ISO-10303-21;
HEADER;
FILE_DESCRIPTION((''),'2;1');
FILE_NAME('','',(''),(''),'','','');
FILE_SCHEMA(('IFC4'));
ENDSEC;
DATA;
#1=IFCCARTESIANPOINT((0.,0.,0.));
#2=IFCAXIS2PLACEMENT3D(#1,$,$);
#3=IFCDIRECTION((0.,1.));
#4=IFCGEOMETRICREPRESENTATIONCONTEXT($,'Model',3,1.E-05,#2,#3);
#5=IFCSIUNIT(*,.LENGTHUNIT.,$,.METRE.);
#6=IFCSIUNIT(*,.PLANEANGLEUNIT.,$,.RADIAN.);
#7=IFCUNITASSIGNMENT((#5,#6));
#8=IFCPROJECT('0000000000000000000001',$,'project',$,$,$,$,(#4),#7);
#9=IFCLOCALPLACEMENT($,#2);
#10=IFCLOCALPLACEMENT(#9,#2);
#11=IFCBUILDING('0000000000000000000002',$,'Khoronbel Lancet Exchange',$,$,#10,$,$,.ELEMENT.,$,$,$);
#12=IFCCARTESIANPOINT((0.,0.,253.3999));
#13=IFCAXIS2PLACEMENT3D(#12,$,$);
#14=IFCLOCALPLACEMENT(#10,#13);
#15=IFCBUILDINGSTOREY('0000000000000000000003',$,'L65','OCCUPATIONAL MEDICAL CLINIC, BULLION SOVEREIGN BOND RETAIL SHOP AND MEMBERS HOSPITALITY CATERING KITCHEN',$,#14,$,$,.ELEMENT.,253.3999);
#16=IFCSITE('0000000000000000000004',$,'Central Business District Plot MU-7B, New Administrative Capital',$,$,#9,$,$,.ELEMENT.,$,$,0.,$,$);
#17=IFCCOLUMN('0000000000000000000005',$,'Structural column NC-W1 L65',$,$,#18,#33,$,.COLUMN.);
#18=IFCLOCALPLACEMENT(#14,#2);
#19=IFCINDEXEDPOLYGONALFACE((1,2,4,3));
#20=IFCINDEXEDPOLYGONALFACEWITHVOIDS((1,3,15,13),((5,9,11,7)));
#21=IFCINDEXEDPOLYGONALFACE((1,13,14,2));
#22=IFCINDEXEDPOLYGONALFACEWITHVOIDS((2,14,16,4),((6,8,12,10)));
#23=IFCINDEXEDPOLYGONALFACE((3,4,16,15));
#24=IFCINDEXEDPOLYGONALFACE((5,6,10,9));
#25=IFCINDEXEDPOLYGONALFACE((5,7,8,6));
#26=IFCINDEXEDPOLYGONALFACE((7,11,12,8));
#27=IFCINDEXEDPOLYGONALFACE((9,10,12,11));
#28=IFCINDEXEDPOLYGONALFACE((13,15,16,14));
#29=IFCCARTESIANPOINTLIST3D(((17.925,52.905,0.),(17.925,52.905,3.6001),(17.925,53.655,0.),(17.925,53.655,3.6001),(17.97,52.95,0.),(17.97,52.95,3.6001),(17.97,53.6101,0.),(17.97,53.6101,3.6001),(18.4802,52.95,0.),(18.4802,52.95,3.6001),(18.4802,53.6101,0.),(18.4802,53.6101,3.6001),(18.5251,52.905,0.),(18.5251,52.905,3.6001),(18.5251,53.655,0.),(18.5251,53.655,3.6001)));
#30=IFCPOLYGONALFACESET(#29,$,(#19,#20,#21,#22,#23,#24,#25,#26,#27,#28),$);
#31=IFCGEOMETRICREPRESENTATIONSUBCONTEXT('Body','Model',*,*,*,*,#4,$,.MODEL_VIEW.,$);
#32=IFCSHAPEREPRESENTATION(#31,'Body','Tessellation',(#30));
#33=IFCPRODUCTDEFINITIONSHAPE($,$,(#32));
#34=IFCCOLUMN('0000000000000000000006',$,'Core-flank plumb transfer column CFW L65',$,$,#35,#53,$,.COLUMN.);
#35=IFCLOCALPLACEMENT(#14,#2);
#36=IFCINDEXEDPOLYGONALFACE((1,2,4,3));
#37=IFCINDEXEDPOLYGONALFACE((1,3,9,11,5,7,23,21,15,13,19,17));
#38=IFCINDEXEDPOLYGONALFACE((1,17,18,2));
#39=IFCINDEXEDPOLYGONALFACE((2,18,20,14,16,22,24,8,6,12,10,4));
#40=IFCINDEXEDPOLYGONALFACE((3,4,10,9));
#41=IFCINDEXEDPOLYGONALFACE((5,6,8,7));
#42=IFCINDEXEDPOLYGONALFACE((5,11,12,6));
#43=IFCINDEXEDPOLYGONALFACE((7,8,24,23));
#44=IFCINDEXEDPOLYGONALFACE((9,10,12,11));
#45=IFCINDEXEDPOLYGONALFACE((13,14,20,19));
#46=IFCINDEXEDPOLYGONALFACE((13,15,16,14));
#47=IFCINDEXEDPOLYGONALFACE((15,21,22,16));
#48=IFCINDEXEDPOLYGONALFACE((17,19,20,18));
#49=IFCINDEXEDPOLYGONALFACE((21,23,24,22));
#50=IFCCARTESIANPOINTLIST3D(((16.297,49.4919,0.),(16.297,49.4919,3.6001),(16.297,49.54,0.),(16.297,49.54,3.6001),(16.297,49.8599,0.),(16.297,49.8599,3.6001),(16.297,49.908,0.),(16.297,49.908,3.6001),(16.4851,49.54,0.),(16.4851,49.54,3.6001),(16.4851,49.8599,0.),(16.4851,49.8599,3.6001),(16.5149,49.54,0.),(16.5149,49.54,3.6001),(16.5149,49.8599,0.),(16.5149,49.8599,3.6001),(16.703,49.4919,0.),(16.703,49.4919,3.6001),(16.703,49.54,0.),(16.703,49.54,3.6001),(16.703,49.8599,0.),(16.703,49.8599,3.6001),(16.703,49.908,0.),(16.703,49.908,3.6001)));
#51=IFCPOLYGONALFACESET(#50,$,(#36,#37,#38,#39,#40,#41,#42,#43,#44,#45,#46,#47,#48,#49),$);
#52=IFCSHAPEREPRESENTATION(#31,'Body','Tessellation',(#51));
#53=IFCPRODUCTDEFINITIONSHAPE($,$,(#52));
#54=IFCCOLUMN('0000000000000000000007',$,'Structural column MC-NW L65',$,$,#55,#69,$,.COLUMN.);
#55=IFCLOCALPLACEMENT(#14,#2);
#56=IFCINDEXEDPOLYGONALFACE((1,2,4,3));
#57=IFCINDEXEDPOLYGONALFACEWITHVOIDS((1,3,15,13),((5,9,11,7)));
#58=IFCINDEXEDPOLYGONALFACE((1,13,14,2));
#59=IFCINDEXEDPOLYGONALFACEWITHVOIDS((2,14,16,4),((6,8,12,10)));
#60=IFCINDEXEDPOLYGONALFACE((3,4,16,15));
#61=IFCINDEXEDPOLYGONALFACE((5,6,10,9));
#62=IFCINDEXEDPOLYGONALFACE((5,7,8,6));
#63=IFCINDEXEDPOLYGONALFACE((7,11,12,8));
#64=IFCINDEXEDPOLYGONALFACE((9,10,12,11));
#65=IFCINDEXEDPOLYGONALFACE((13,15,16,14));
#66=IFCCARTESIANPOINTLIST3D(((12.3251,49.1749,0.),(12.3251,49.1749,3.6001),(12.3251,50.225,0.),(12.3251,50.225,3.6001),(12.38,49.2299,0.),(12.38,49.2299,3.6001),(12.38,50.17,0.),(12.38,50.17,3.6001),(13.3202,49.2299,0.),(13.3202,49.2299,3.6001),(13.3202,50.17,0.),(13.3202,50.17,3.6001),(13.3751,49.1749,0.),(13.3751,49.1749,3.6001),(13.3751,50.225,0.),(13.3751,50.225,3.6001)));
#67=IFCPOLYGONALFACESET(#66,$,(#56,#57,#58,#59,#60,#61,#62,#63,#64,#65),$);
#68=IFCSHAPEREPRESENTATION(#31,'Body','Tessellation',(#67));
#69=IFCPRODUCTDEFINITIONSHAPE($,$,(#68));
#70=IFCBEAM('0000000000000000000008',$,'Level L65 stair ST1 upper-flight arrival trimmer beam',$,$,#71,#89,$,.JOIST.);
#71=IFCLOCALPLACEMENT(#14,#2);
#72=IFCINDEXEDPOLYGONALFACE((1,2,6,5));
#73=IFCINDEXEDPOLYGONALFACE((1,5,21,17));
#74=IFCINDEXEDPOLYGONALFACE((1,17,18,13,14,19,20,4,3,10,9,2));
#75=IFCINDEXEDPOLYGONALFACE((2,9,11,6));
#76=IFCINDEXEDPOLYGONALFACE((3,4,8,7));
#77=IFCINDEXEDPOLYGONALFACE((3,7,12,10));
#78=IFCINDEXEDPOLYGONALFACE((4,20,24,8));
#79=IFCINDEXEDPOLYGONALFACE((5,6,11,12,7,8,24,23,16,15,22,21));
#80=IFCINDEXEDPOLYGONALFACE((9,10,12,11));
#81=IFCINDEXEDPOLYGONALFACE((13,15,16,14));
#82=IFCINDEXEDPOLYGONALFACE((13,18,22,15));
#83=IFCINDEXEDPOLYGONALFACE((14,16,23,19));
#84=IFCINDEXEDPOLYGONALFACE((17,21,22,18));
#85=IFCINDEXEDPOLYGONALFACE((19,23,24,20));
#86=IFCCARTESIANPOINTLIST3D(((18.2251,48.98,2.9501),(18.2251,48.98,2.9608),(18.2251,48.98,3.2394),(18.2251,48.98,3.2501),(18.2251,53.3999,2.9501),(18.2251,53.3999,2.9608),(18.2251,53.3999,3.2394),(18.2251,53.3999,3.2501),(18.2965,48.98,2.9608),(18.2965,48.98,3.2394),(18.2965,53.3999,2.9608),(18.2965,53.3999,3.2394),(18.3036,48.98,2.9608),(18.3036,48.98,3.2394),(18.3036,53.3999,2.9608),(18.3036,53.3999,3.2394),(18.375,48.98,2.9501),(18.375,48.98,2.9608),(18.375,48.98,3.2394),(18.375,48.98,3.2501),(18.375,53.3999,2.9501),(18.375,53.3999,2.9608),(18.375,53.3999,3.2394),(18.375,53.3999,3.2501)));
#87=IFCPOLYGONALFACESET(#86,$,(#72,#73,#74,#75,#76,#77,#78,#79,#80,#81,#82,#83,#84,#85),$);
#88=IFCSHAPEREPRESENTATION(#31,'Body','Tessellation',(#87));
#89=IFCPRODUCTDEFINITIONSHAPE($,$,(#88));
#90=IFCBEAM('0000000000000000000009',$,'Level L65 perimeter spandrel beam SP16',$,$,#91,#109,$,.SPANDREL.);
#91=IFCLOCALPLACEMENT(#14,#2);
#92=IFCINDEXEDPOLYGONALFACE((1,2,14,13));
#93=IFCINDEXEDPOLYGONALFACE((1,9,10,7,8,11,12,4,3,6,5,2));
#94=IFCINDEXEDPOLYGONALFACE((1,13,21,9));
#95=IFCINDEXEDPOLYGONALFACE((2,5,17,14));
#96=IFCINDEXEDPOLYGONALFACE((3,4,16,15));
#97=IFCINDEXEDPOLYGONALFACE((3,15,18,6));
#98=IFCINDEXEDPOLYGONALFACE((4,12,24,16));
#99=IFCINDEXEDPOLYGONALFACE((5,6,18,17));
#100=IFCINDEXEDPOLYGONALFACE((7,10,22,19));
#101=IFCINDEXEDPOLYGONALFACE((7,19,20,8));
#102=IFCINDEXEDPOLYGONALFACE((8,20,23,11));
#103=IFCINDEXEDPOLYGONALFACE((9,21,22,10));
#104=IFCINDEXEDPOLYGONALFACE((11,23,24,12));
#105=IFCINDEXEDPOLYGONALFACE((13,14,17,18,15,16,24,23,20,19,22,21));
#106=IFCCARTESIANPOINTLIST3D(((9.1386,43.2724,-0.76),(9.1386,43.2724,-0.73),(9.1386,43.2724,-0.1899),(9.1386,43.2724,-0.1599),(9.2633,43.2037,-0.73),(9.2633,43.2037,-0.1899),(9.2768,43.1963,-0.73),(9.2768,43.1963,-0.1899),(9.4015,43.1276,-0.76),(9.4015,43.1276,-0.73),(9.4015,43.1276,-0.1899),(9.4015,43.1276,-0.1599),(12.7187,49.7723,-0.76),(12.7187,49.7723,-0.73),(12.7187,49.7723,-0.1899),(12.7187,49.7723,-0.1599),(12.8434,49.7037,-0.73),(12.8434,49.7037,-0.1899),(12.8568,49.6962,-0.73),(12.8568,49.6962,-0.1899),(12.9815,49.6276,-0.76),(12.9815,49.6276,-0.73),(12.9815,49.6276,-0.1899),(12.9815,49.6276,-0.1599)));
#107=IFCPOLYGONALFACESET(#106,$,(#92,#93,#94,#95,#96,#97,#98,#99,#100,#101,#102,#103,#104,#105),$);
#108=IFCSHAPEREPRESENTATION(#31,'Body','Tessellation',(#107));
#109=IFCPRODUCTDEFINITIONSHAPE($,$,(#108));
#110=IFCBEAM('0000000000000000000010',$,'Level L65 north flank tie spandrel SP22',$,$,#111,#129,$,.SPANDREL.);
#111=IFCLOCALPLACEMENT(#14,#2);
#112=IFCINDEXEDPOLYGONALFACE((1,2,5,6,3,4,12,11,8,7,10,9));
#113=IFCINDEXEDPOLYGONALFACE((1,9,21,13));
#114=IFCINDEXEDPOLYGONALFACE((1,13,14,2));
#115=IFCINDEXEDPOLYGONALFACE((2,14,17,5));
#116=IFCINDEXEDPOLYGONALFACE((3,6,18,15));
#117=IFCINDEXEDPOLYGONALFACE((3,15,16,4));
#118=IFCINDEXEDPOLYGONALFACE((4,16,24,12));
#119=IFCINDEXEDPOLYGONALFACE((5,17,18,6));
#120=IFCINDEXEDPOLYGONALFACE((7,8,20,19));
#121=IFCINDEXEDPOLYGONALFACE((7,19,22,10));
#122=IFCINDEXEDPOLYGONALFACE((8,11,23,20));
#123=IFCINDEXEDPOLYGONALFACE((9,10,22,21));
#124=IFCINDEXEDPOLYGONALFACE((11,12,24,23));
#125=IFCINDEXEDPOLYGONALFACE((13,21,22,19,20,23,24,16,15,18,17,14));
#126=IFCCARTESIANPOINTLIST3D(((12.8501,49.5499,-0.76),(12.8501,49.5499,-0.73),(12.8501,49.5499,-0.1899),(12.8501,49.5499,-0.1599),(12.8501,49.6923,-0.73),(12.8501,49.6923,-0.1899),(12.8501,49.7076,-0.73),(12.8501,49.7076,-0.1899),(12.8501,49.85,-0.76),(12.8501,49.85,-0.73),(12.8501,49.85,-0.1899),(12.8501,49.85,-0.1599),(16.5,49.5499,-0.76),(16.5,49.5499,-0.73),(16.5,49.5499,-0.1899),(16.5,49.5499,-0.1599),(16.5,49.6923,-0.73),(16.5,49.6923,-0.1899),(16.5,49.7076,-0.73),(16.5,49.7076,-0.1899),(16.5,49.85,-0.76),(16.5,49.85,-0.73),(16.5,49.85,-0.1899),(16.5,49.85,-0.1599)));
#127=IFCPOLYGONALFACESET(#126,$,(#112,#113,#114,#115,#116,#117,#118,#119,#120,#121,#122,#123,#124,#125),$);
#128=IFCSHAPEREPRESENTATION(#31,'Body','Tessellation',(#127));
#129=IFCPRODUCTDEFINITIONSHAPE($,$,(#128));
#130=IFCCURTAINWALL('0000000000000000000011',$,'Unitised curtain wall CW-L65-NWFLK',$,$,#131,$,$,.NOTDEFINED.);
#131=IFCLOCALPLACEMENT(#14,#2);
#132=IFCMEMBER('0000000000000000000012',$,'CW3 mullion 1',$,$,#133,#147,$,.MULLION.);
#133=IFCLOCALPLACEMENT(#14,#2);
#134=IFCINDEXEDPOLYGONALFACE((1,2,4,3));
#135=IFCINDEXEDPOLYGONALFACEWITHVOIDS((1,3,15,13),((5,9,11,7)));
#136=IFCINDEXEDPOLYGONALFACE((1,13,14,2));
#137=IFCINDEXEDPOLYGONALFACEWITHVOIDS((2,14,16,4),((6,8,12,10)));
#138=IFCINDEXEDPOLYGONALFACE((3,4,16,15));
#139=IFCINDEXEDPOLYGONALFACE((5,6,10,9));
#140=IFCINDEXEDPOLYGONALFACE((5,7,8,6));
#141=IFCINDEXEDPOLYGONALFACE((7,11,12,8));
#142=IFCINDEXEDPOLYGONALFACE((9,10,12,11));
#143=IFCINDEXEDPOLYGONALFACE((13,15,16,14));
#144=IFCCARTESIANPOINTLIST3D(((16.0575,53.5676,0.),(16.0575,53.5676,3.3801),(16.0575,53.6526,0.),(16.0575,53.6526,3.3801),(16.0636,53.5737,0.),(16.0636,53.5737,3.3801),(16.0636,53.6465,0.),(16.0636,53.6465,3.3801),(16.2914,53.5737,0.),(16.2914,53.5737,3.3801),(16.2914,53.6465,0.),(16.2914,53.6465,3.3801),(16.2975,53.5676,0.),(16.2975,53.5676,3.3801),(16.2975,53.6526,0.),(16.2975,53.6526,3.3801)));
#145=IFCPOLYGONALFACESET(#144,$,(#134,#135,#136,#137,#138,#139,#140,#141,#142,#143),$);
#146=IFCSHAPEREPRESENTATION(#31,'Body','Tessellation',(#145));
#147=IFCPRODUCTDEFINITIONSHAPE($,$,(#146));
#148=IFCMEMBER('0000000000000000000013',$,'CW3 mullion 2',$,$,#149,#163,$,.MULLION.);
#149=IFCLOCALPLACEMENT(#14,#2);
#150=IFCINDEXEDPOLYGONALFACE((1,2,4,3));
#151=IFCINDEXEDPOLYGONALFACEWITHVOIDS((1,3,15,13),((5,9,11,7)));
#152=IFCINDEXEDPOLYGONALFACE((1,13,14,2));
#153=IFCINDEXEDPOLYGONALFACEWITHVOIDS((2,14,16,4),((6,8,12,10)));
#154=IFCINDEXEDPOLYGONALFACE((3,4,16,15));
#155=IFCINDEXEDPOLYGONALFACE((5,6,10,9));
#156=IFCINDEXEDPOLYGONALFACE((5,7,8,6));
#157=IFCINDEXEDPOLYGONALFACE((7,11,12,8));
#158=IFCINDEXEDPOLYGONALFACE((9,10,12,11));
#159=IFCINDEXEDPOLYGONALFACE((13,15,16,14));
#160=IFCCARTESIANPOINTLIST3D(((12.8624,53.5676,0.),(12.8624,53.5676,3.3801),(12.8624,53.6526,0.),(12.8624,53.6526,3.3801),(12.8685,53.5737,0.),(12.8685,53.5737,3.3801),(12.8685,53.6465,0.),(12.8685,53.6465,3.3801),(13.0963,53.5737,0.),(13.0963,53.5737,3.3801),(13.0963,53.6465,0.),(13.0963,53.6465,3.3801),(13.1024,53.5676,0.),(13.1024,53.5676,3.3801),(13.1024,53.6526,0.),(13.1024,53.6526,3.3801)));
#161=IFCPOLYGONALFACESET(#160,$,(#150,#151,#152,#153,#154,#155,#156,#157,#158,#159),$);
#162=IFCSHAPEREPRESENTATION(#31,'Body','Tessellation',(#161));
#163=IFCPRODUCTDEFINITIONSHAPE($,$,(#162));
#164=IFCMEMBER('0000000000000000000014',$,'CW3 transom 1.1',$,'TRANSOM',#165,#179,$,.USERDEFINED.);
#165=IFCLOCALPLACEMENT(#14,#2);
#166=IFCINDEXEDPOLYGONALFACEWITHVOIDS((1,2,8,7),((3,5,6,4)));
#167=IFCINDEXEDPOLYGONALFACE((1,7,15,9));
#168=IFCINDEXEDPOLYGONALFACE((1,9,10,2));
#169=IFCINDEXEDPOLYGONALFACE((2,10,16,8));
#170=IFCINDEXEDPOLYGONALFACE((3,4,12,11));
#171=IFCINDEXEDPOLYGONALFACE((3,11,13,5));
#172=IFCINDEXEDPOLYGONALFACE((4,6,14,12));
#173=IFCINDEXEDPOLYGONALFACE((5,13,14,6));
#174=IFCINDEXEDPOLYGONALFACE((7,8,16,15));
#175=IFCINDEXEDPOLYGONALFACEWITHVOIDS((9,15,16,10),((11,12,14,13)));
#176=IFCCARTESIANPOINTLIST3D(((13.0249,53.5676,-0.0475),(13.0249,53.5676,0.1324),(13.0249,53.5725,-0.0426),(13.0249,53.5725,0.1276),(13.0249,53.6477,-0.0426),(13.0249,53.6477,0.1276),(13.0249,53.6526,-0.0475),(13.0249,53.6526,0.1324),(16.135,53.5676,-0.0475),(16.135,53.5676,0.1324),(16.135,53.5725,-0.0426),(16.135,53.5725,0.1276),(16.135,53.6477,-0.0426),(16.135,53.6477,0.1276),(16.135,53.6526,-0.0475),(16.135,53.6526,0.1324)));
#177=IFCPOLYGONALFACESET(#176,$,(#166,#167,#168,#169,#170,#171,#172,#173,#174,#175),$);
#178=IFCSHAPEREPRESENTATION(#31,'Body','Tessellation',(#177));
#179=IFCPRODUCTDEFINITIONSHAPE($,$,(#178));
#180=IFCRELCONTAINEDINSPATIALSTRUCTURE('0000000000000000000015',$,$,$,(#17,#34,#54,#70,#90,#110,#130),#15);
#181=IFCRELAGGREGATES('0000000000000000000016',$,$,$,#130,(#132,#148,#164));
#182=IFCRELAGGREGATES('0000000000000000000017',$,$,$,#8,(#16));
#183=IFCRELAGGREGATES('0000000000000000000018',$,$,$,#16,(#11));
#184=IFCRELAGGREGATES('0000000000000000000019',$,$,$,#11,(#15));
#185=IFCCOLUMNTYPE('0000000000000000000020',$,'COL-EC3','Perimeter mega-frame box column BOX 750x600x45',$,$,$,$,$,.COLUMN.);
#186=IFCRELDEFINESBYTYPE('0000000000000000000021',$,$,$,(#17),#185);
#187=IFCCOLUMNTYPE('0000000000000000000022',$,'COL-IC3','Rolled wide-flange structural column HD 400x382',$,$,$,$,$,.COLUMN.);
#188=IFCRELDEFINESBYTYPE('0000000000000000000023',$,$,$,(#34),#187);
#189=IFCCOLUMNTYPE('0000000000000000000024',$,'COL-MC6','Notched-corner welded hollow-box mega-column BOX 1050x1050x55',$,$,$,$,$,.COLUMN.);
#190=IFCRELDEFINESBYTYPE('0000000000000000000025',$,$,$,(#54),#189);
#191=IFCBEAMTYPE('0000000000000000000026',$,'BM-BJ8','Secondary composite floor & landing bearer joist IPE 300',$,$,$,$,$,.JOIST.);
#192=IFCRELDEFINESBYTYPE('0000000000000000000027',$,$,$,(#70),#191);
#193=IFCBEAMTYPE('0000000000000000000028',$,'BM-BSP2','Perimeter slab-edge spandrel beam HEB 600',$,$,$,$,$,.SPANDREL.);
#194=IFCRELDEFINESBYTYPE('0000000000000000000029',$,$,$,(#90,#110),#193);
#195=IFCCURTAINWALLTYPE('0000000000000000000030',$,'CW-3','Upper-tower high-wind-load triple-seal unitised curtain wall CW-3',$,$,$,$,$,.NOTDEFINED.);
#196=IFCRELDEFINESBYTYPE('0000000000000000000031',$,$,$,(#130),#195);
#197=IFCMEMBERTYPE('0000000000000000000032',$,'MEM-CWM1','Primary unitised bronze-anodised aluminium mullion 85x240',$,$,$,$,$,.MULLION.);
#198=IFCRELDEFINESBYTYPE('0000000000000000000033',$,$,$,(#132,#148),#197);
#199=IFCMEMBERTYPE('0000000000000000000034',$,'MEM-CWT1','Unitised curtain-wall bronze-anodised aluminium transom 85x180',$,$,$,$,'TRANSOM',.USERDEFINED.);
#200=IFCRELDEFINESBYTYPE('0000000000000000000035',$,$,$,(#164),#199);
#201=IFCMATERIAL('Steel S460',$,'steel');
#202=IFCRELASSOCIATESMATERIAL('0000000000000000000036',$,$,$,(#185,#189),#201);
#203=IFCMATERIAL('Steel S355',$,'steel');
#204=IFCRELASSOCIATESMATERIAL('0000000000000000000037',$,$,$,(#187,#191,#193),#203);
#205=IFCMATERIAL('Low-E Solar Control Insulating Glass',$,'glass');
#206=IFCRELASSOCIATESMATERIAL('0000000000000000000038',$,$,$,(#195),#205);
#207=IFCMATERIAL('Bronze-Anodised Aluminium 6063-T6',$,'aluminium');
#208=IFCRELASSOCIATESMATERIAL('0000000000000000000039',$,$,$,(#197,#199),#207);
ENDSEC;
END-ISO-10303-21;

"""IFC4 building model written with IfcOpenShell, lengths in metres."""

from ifc_helpers import new_model, si_unit, direction, frame, origin, origin_2d, place, context, subcontext, project, spatial, hollow_rectangle, i_section, extrude, material, material_profile, profile_set, type_object, element, aggregate, save


model = new_model("IFC4")

# Units and contexts
model_context = context("Model", 3, precision=1e-05, world=origin(), true_north=direction((0.0, 1.0)))
body_context = subcontext(model_context, "Body", "Model", "MODEL_VIEW")
ifc_project = project(units=[si_unit("LENGTHUNIT", "METRE"), si_unit("PLANEANGLEUNIT", "RADIAN")], contexts=[model_context])

# Site, building, storey
site_placement = place(None, origin())
site = spatial("IfcSite", under=ifc_project, at=site_placement, Name="Central Business District Plot MU-7B, New Administrative Capital", CompositionType="ELEMENT", RefElevation=0.0)
building_placement = place(site_placement, origin())
building = spatial("IfcBuilding", under=site, at=building_placement, Name="Khoronbel Lancet Exchange", CompositionType="ELEMENT")
storey_placement = place(building_placement, frame((0.0, 0.0, 253.3999)))
storey = spatial("IfcBuildingStorey", under=building, at=storey_placement, Name="L65", Description="OCCUPATIONAL MEDICAL CLINIC, BULLION SOVEREIGN BOND RETAIL SHOP AND MEMBERS HOSPITALITY CATERING KITCHEN", CompositionType="ELEMENT", Elevation=253.3999)

# Columns
ifc_material_1 = material(Name="Steel S460", Category="steel")
ifc_material_profile_1 = material_profile(ifc_material_1, hollow_rectangle(XDim=0.6001, YDim=0.75, WallThickness=0.0449, at=origin_2d()), Name="BOX 750x600x45")
ifc_profile_set_1 = profile_set([ifc_material_profile_1], Name="Steel S460")
column_type_1 = type_object("IfcColumnType", Name="COL-EC3", Description="Perimeter mega-frame box column BOX 750x600x45", PredefinedType="COLUMN", material=ifc_profile_set_1)
column_1_placement = place(storey_placement, frame((18.2251, 53.28, 0.0), z_axis=(0.0, 0.0, 1.0), x_axis=(1.0, 0.0, 0.0)))
element("IfcColumn", 1, at=column_1_placement, inside=storey, type_object=column_type_1, Name="Structural column NC-W1 L65", PredefinedType="COLUMN", context=body_context, shape_type="SweptSolid", body=[
    extrude(hollow_rectangle(XDim=0.6001, YDim=0.75, WallThickness=0.0449, at=origin_2d()), origin(), (0.0, 0.0, 1.0), 3.6001),
])
ifc_material_2 = material(Name="Steel S355", Category="steel")
ifc_material_profile_2 = material_profile(ifc_material_2, i_section(OverallWidth=0.406, OverallDepth=0.416, WebThickness=0.0298, FlangeThickness=0.0481, at=origin_2d()), Name="HD 400x382")
ifc_profile_set_2 = profile_set([ifc_material_profile_2], Name="Steel S355")
column_type_2 = type_object("IfcColumnType", Name="COL-IC3", Description="Rolled wide-flange structural column HD 400x382", PredefinedType="COLUMN", material=ifc_profile_set_2)
column_2_placement = place(storey_placement, frame((16.5, 49.7, 0.0), z_axis=(0.0, 0.0, 1.0), x_axis=(1.0, 0.0, 0.0)))
element("IfcColumn", 2, at=column_2_placement, inside=storey, type_object=column_type_2, Name="Core-flank plumb transfer column CFW L65", PredefinedType="COLUMN", context=body_context, shape_type="SweptSolid", body=[
    extrude(i_section(OverallWidth=0.406, OverallDepth=0.416, WebThickness=0.0298, FlangeThickness=0.0481, at=origin_2d()), origin(), (0.0, 0.0, 1.0), 3.6001),
])
ifc_material_profile_3 = material_profile(ifc_material_1, hollow_rectangle(XDim=1.05, YDim=1.05, WallThickness=0.0549, at=origin_2d()), Name="BOX 1050x1050x55")
ifc_profile_set_3 = profile_set([ifc_material_profile_3], Name="Steel S460")
column_type_3 = type_object("IfcColumnType", Name="COL-MC6", Description="Notched-corner welded hollow-box mega-column BOX 1050x1050x55", PredefinedType="COLUMN", material=ifc_profile_set_3)
column_3_placement = place(storey_placement, frame((12.8501, 49.7, 0.0), z_axis=(0.0, 0.0, 1.0), x_axis=(1.0, 0.0, 0.0)))
element("IfcColumn", 3, at=column_3_placement, inside=storey, type_object=column_type_3, Name="Structural column MC-NW L65", PredefinedType="COLUMN", context=body_context, shape_type="SweptSolid", body=[
    extrude(hollow_rectangle(XDim=1.05, YDim=1.05, WallThickness=0.0549, at=origin_2d()), origin(), (0.0, 0.0, 1.0), 3.6001),
])

# Beams
ifc_material_profile_4 = material_profile(ifc_material_2, i_section(OverallWidth=0.1499, OverallDepth=0.3, WebThickness=0.0071, FlangeThickness=0.0107, at=origin_2d()), Name="IPE 300")
ifc_profile_set_4 = profile_set([ifc_material_profile_4], Name="Steel S355")
beam_type_1 = type_object("IfcBeamType", Name="BM-BJ8", Description="Secondary composite floor & landing bearer joist IPE 300", PredefinedType="JOIST", material=ifc_profile_set_4)
beam_1_placement = place(storey_placement, frame((18.3, 48.98, 3.1001), z_axis=(0.0, 1.0, 0.0), x_axis=(-1.0, 0.0, 0.0)))
element("IfcBeam", 4, at=beam_1_placement, inside=storey, type_object=beam_type_1, Name="Level L65 stair ST1 upper-flight arrival trimmer beam", PredefinedType="JOIST", context=body_context, shape_type="SweptSolid", body=[
    extrude(i_section(OverallWidth=0.1499, OverallDepth=0.3, WebThickness=0.0071, FlangeThickness=0.0107, at=origin_2d()), origin(), (0.0, 0.0, 1.0), 4.4199),
])
ifc_material_profile_5 = material_profile(ifc_material_2, i_section(OverallWidth=0.3, OverallDepth=0.6001, WebThickness=0.0154, FlangeThickness=0.03, at=origin_2d()), Name="HEB 600")
ifc_profile_set_5 = profile_set([ifc_material_profile_5], Name="Steel S355")
beam_type_2 = type_object("IfcBeamType", Name="BM-BSP2", Description="Perimeter slab-edge spandrel beam HEB 600", PredefinedType="SPANDREL", material=ifc_profile_set_5)
beam_2_placement = place(storey_placement, frame((12.8501, 49.7, -0.46), z_axis=(-0.482444, -0.875927, 0.0), x_axis=(0.875927, -0.482444, 0.0)))
element("IfcBeam", 5, at=beam_2_placement, inside=storey, type_object=beam_type_2, Name="Level L65 perimeter spandrel beam SP16", PredefinedType="SPANDREL", context=body_context, shape_type="SweptSolid", body=[
    extrude(i_section(OverallWidth=0.3, OverallDepth=0.6001, WebThickness=0.0154, FlangeThickness=0.03, at=origin_2d()), origin(), (0.0, 0.0, 1.0), 7.4207),
])
beam_3_placement = place(storey_placement, frame((12.8501, 49.7, -0.46), z_axis=(1.0, 0.0, 0.0), x_axis=(0.0, 1.0, 0.0)))
element("IfcBeam", 6, at=beam_3_placement, inside=storey, type_object=beam_type_2, Name="Level L65 north flank tie spandrel SP22", PredefinedType="SPANDREL", context=body_context, shape_type="SweptSolid", body=[
    extrude(i_section(OverallWidth=0.3, OverallDepth=0.6001, WebThickness=0.0154, FlangeThickness=0.03, at=origin_2d()), origin(), (0.0, 0.0, 1.0), 3.6499),
])

# Curtain wall, members
ifc_material_3 = material(Name="Low-E Solar Control Insulating Glass", Category="glass")
curtain_wall_type = type_object("IfcCurtainWallType", Name="CW-3", Description="Upper-tower high-wind-load triple-seal unitised curtain wall CW-3", PredefinedType="NOTDEFINED", material=ifc_material_3)
curtain_wall_placement = place(storey_placement, origin())
curtain_wall = element("IfcCurtainWall", 7, at=curtain_wall_placement, inside=storey, type_object=curtain_wall_type, Name="Unitised curtain wall CW-L65-NWFLK", PredefinedType="NOTDEFINED")
ifc_material_4 = material(Name="Bronze-Anodised Aluminium 6063-T6", Category="aluminium")
ifc_material_profile_6 = material_profile(ifc_material_4, hollow_rectangle(XDim=0.085, YDim=0.24, WallThickness=0.0061, at=origin_2d()), Name="ALU MULLION 85x240")
ifc_profile_set_6 = profile_set([ifc_material_profile_6], Name="Bronze-Anodised Aluminium 6063-T6")
member_type_1 = type_object("IfcMemberType", Name="MEM-CWM1", Description="Primary unitised bronze-anodised aluminium mullion 85x240", PredefinedType="MULLION", material=ifc_profile_set_6)
member_1_placement = place(storey_placement, frame((16.1775, 53.6101, 0.0), z_axis=(0.0, 0.0, 1.0), x_axis=(0.0, -1.0, 0.0)))
member_1 = element("IfcMember", 8, at=member_1_placement, type_object=member_type_1, Name="CW3 mullion 1", PredefinedType="MULLION", context=body_context, shape_type="SweptSolid", body=[
    extrude(hollow_rectangle(XDim=0.085, YDim=0.24, WallThickness=0.0061, at=origin_2d()), origin(), (0.0, 0.0, 1.0), 3.3801),
])
member_2_placement = place(storey_placement, frame((12.9824, 53.6101, 0.0), z_axis=(0.0, 0.0, 1.0), x_axis=(0.0, -1.0, 0.0)))
member_2 = element("IfcMember", 9, at=member_2_placement, type_object=member_type_1, Name="CW3 mullion 2", PredefinedType="MULLION", context=body_context, shape_type="SweptSolid", body=[
    extrude(hollow_rectangle(XDim=0.085, YDim=0.24, WallThickness=0.0061, at=origin_2d()), origin(), (0.0, 0.0, 1.0), 3.3801),
])
ifc_material_profile_7 = material_profile(ifc_material_4, hollow_rectangle(XDim=0.085, YDim=0.1799, WallThickness=0.0049, at=origin_2d()), Name="ALU TRANSOM 85x180")
ifc_profile_set_7 = profile_set([ifc_material_profile_7], Name="Bronze-Anodised Aluminium 6063-T6")
member_type_2 = type_object("IfcMemberType", Name="MEM-CWT1", Description="Unitised curtain-wall bronze-anodised aluminium transom 85x180", ElementType="TRANSOM", PredefinedType="USERDEFINED", material=ifc_profile_set_7)
member_3_placement = place(storey_placement, frame((16.135, 53.6101, 0.0425), z_axis=(-1.0, 0.0, 0.0), x_axis=(0.0, -1.0, 0.0)))
member_3 = element("IfcMember", 10, at=member_3_placement, type_object=member_type_2, Name="CW3 transom 1.1", ObjectType="TRANSOM", PredefinedType="USERDEFINED", context=body_context, shape_type="SweptSolid", body=[
    extrude(hollow_rectangle(XDim=0.085, YDim=0.1799, WallThickness=0.0049, at=origin_2d()), origin(), (0.0, 0.0, 1.0), 3.1101),
])
aggregate(curtain_wall, [member_1, member_2, member_3])

save(model, "model.ifc")
